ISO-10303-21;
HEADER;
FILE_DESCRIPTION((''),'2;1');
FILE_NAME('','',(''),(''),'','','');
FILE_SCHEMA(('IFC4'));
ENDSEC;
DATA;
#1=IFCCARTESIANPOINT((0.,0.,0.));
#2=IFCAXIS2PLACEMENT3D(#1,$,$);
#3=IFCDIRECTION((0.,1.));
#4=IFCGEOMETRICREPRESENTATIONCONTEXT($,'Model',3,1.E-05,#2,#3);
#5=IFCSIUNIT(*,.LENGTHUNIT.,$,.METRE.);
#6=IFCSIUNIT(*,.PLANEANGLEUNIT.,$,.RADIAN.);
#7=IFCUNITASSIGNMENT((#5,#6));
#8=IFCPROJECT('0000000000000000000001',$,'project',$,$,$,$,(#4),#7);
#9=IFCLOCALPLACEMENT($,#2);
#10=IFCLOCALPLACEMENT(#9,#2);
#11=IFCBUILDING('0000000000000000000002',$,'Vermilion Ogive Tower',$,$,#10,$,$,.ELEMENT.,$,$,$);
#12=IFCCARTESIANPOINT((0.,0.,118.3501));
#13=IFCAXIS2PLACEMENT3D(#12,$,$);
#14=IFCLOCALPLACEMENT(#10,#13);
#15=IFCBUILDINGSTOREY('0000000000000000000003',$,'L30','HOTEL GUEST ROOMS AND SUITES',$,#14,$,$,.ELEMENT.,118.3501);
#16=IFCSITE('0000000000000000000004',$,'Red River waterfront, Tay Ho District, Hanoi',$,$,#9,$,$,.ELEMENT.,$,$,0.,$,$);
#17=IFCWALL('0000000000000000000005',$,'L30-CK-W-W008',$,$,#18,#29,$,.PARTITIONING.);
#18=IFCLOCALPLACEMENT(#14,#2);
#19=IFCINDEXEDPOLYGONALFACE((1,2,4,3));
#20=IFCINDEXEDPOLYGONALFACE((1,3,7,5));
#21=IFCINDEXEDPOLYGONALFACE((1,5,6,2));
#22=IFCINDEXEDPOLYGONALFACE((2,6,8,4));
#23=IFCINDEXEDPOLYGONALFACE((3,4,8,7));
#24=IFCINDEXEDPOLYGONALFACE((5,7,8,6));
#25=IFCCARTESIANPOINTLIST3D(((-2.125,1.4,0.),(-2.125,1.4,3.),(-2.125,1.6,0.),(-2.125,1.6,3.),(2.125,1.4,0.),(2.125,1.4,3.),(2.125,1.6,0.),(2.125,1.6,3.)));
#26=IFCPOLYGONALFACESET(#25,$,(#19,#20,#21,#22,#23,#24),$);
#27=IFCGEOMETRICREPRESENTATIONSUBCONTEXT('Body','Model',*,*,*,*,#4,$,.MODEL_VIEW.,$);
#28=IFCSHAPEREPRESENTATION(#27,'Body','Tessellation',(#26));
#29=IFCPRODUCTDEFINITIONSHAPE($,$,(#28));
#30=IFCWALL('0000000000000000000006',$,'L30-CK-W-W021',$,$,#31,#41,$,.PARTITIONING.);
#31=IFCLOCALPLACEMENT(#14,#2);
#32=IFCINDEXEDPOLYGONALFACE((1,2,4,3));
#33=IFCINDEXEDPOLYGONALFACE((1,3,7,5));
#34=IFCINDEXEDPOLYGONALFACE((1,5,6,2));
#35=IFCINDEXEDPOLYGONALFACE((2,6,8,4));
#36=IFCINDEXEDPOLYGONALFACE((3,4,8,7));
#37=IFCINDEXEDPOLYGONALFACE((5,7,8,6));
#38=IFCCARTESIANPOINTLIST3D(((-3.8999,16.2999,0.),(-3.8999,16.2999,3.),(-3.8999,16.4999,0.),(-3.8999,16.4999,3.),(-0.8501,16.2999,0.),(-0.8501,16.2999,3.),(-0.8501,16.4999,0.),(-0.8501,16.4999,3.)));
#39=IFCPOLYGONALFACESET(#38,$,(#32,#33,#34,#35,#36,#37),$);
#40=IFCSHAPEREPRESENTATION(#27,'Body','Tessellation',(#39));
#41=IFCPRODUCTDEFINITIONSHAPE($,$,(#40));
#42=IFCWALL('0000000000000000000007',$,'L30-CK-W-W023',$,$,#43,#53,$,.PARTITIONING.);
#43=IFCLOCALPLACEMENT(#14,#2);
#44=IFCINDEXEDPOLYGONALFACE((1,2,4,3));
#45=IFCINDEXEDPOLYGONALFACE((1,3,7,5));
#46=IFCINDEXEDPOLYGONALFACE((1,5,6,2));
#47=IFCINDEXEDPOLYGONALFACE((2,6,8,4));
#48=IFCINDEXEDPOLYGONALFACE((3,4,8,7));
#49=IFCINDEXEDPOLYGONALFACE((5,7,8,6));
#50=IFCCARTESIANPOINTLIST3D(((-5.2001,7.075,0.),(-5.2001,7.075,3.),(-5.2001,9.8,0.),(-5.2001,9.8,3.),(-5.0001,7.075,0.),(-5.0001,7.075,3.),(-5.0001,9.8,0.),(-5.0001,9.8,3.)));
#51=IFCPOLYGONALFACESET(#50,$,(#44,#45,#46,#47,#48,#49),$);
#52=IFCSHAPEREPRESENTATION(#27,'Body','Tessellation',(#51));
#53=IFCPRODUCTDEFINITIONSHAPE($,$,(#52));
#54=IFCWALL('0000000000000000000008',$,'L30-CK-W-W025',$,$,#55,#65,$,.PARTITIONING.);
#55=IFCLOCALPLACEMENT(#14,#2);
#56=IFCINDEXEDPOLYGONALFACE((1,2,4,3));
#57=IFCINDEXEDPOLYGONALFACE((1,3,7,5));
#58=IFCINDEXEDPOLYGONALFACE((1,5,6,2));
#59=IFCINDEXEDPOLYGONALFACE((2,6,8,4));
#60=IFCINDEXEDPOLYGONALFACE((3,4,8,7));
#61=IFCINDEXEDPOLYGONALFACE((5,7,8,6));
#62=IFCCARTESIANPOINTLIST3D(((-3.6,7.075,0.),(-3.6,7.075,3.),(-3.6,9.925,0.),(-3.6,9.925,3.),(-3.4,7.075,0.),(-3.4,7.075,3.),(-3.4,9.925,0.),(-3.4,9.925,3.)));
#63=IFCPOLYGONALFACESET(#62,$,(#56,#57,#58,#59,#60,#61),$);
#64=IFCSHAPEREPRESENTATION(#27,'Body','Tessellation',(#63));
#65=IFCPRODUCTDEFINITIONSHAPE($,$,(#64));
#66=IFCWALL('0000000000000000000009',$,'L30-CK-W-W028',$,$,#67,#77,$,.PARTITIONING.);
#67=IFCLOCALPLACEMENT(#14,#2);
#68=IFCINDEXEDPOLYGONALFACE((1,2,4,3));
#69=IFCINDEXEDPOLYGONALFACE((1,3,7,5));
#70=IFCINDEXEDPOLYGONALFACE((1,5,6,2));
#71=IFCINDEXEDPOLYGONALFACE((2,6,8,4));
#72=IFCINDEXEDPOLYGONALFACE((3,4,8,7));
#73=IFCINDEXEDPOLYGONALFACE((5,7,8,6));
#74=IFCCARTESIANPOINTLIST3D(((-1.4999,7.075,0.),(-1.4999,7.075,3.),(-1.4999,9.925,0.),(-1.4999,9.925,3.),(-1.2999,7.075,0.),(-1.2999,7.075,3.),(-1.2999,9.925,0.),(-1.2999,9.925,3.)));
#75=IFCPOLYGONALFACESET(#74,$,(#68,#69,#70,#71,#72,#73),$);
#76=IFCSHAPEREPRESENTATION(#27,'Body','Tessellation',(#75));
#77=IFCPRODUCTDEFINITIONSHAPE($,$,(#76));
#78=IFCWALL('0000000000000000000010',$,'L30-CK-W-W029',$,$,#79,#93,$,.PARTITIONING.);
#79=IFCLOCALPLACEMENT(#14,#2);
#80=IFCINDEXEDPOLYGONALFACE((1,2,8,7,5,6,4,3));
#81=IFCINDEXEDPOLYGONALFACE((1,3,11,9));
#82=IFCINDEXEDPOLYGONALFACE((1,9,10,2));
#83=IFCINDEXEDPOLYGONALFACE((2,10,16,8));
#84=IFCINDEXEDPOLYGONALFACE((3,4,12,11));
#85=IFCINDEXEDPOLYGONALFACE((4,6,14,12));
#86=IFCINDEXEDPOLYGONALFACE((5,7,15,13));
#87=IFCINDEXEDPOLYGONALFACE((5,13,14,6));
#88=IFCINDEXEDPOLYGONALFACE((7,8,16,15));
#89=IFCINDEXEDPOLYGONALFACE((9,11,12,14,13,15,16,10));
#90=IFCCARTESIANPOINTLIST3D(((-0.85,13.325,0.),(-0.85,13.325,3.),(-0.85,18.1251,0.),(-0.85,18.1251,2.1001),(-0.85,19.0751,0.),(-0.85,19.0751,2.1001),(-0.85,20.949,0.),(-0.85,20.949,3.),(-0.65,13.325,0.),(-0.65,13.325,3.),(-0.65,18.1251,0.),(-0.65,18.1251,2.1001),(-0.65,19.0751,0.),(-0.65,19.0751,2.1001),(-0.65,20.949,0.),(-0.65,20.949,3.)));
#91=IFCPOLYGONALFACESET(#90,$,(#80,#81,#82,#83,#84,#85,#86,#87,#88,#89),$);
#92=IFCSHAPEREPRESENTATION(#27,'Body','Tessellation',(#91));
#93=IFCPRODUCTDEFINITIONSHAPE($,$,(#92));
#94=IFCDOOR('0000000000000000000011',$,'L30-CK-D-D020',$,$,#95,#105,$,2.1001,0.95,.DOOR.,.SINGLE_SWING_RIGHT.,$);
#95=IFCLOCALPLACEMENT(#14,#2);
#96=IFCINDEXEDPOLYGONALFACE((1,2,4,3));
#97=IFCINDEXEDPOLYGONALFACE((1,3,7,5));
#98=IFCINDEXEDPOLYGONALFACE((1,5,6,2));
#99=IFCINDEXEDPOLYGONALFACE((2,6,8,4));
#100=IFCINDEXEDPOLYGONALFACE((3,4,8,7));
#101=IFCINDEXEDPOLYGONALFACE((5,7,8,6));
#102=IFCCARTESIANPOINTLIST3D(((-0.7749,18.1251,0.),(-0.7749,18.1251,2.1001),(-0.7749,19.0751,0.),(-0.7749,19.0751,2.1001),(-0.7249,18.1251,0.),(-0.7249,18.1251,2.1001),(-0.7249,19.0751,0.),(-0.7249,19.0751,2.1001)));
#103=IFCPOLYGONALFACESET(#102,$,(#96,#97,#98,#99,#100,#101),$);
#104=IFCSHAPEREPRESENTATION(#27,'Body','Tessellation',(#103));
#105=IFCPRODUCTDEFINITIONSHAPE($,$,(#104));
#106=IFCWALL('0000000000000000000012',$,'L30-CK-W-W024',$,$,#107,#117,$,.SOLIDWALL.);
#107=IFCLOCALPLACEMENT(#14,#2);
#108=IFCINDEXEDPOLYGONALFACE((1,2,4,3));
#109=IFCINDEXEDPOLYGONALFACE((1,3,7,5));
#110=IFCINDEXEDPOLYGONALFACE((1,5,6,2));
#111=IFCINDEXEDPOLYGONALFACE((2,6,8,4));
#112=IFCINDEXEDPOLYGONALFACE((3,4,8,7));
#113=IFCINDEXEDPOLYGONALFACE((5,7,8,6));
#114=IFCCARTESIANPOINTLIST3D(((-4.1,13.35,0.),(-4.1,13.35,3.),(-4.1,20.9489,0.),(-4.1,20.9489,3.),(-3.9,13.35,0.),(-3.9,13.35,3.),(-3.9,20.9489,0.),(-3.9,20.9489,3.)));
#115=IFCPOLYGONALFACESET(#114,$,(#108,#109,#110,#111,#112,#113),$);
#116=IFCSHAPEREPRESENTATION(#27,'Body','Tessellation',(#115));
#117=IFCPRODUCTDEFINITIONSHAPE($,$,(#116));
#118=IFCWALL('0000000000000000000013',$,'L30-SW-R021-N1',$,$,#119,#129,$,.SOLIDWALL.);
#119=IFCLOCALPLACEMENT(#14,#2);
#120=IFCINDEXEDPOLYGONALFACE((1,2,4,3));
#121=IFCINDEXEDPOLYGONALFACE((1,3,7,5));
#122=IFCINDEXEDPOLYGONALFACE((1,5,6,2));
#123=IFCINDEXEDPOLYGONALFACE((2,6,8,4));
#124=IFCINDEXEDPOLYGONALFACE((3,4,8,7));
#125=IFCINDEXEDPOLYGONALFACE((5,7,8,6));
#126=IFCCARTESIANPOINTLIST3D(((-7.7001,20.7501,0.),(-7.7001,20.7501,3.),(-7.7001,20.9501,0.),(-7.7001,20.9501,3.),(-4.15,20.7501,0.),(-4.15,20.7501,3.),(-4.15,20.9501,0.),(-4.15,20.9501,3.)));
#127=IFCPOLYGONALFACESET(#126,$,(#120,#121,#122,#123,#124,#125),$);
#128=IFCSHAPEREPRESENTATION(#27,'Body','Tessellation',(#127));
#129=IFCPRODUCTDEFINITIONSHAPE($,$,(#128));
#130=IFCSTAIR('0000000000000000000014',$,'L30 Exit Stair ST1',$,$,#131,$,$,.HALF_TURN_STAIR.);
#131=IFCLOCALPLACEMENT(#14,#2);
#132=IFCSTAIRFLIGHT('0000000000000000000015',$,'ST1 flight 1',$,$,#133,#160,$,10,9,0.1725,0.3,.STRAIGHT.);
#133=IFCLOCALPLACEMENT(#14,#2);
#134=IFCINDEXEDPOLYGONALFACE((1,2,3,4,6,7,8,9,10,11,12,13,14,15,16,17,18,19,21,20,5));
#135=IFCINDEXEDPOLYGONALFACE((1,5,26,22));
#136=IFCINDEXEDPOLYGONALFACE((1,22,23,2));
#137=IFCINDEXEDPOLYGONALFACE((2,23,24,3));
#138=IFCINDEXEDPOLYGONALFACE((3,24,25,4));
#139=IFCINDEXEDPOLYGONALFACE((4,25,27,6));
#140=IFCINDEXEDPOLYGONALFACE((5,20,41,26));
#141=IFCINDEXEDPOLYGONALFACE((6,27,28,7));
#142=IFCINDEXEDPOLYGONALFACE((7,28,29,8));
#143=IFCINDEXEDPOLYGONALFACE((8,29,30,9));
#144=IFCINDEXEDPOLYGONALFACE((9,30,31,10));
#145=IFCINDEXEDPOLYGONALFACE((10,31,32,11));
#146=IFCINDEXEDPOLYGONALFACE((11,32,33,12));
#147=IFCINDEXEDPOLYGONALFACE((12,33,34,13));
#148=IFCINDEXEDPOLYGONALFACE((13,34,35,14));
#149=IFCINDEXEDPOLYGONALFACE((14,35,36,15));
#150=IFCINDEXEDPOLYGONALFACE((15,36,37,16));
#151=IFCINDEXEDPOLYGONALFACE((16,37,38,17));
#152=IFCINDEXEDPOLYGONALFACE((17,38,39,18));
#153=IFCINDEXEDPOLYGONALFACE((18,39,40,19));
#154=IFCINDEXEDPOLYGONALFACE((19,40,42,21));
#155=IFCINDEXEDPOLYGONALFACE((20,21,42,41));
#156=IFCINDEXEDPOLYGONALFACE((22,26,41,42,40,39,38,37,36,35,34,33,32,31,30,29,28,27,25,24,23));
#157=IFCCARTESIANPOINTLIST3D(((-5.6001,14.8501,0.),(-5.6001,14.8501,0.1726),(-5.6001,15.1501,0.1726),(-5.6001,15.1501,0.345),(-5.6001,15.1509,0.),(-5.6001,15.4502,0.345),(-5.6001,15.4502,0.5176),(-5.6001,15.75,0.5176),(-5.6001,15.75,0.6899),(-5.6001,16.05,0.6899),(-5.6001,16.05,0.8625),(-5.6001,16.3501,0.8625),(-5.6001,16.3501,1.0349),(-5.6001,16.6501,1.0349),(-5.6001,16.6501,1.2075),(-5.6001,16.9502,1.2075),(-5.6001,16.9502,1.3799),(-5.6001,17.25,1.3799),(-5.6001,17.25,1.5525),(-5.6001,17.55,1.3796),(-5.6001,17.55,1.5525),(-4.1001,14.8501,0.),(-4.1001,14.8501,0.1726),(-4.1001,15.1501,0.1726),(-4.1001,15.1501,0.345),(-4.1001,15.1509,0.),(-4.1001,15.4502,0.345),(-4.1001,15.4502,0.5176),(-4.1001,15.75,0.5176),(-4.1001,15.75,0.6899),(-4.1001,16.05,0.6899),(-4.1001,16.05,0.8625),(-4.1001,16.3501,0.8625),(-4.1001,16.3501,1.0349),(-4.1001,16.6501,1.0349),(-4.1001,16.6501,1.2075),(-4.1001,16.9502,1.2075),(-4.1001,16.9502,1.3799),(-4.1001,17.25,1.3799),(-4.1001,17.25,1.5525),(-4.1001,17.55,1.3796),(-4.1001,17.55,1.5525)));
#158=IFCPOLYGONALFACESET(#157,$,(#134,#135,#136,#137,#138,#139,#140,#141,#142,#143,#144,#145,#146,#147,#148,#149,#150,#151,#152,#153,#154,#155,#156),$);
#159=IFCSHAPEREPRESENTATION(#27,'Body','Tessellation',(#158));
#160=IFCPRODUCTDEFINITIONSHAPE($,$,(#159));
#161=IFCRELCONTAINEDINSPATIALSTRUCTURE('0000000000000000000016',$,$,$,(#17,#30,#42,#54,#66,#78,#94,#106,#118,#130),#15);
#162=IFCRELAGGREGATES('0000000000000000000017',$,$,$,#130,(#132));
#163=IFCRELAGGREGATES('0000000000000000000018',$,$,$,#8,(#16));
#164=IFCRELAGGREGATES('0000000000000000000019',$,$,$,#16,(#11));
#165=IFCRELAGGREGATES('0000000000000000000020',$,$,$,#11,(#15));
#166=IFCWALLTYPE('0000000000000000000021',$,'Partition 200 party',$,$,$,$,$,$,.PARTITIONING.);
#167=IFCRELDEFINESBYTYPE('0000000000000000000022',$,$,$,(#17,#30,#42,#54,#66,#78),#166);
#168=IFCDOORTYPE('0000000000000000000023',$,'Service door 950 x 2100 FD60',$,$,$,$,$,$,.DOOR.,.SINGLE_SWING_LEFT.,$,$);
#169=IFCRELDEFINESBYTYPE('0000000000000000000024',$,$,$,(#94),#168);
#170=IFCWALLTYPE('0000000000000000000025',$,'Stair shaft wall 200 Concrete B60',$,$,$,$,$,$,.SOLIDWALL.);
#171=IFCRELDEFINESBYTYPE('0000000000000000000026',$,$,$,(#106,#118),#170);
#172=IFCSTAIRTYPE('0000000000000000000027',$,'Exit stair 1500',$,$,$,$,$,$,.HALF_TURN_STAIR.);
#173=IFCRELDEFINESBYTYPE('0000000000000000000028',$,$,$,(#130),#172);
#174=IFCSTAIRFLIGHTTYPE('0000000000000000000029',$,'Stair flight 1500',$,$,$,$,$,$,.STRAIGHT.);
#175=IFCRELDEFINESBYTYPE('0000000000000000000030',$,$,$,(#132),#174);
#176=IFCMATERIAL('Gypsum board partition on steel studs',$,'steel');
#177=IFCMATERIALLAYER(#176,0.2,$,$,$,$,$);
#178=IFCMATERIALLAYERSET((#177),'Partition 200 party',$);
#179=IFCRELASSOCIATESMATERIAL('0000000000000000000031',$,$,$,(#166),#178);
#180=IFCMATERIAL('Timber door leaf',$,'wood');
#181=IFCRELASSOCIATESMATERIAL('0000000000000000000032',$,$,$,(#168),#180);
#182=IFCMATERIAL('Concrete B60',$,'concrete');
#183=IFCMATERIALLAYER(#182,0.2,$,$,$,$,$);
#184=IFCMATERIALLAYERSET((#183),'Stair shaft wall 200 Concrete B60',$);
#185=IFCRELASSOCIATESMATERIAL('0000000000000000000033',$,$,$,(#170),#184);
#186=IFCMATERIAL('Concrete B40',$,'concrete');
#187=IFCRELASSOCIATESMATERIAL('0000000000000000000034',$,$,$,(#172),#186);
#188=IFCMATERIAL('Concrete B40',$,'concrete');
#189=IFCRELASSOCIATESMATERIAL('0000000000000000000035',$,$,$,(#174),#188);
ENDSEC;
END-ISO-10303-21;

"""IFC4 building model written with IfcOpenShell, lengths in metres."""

from ifc_helpers import new_model, si_unit, direction, frame, frame_2d, origin, place, context, subcontext, project, spatial, polyline, rectangle, outline, extrude, material, layer, layer_set, type_object, element, fill, aggregate, save


model = new_model("IFC4")

# Units and contexts
model_context = context("Model", 3, precision=1e-05, world=origin(), true_north=direction((0.0, 1.0)))
body_context = subcontext(model_context, "Body", "Model", "MODEL_VIEW")
ifc_project = project(units=[si_unit("LENGTHUNIT", "METRE"), si_unit("PLANEANGLEUNIT", "RADIAN")], contexts=[model_context])

# Site, building, storey
site_placement = place(None, origin())
site = spatial("IfcSite", under=ifc_project, at=site_placement, Name="Red River waterfront, Tay Ho District, Hanoi", CompositionType="ELEMENT", RefElevation=0.0)
building_placement = place(site_placement, origin())
building = spatial("IfcBuilding", under=site, at=building_placement, Name="Vermilion Ogive Tower", CompositionType="ELEMENT")
storey_placement = place(building_placement, frame((0.0, 0.0, 118.3501)))
storey = spatial("IfcBuildingStorey", under=building, at=storey_placement, Name="L30", Description="HOTEL GUEST ROOMS AND SUITES", CompositionType="ELEMENT", Elevation=118.3501)

# Walls
ifc_material_1 = material(Name="Gypsum board partition on steel studs", Category="steel")
ifc_layer_1 = layer(ifc_material_1, 0.2)
ifc_layer_set_1 = layer_set([ifc_layer_1], Name="Partition 200 party")
wall_type_1 = type_object("IfcWallType", Name="Partition 200 party", PredefinedType="PARTITIONING", material=ifc_layer_set_1)
wall_1_placement = place(storey_placement, frame((-2.125, 1.5, 0.0), z_axis=(0.0, 0.0, 1.0), x_axis=(1.0, 0.0, 0.0)))
element("IfcWall", 1, at=wall_1_placement, inside=storey, type_object=wall_type_1, Name="L30-CK-W-W008", PredefinedType="PARTITIONING", context=body_context, shape_type="SweptSolid", body=[
    extrude(rectangle(XDim=4.25, YDim=0.2, at=frame_2d((2.125, 0.0))), origin(), (0.0, 0.0, 1.0), 3.0),
])
wall_2_placement = place(storey_placement, frame((-3.8999, 16.3999, 0.0), z_axis=(0.0, 0.0, 1.0), x_axis=(1.0, 0.0, 0.0)))
element("IfcWall", 2, at=wall_2_placement, inside=storey, type_object=wall_type_1, Name="L30-CK-W-W021", PredefinedType="PARTITIONING", context=body_context, shape_type="SweptSolid", body=[
    extrude(rectangle(XDim=3.0498, YDim=0.2, at=frame_2d((1.5249, 0.0))), origin(), (0.0, 0.0, 1.0), 3.0),
])
wall_3_placement = place(storey_placement, frame((-5.1001, 7.075, 0.0), z_axis=(0.0, 0.0, 1.0), x_axis=(0.0, 1.0, 0.0)))
element("IfcWall", 3, at=wall_3_placement, inside=storey, type_object=wall_type_1, Name="L30-CK-W-W023", PredefinedType="PARTITIONING", context=body_context, shape_type="SweptSolid", body=[
    extrude(rectangle(XDim=2.7251, YDim=0.2, at=frame_2d((1.3625, 0.0))), origin(), (0.0, 0.0, 1.0), 3.0),
])
for number, where, z_axis, x_axis, name in (
    (4, (-3.5, 7.075, 0.0), (0.0, 0.0, 1.0), (0.0, 1.0, 0.0), "L30-CK-W-W025"),
    (5, (-1.3999, 7.075, 0.0), (0.0, 0.0, 1.0), (0.0, 1.0, 0.0), "L30-CK-W-W028"),
):
    element("IfcWall", number, at=place(storey_placement, frame(where, z_axis=z_axis, x_axis=x_axis)), inside=storey, type_object=wall_type_1, Name=name, PredefinedType="PARTITIONING", context=body_context, shape_type="SweptSolid", body=[
        extrude(rectangle(XDim=2.8501, YDim=0.2, at=frame_2d((1.425, 0.0))), origin(), (0.0, 0.0, 1.0), 3.0),
    ])

# Wall, opening, door
wall_4_placement = place(storey_placement, frame((-0.75, 13.325, 0.0), z_axis=(0.0, 0.0, 1.0), x_axis=(0.0, 1.0, 0.0)))
wall_4 = element("IfcWall", 6, at=wall_4_placement, inside=storey, type_object=wall_type_1, Name="L30-CK-W-W029", PredefinedType="PARTITIONING", context=body_context, shape_type="SweptSolid", body=[
    extrude(rectangle(XDim=7.624, YDim=0.2, at=frame_2d((3.812, 0.0))), origin(), (0.0, 0.0, 1.0), 3.0),
])
opening_1_placement = place(wall_4_placement, frame((4.8, 0.0, 0.0)))
opening_1 = element("IfcOpeningElement", 7, at=opening_1_placement, cuts=wall_4, PredefinedType="OPENING", context=body_context, shape_type="SweptSolid", body=[
    extrude(rectangle(XDim=0.95, YDim=2.1001, at=frame_2d((0.4751, 1.05))), frame((0.0, 0.1099, 0.0), z_axis=(0.0, -1.0, 0.0), x_axis=(1.0, 0.0, 0.0)), (0.0, 0.0, 1.0), 0.22),
])
ifc_material_2 = material(Name="Timber door leaf", Category="wood")
door_type_1 = type_object("IfcDoorType", Name="Service door 950 x 2100 FD60", OperationType="SINGLE_SWING_LEFT", PredefinedType="DOOR", material=ifc_material_2)
door_1_placement = place(opening_1_placement, origin())
door_1 = element("IfcDoor", 8, at=door_1_placement, inside=storey, type_object=door_type_1, Name="L30-CK-D-D020", OperationType="SINGLE_SWING_RIGHT", OverallHeight=2.1001, OverallWidth=0.95, PredefinedType="DOOR", context=body_context, shape_type="SweptSolid", body=[
    extrude(rectangle(XDim=0.95, YDim=2.1001, at=frame_2d((0.4751, 1.05))), frame((0.0, 0.0249, 0.0), z_axis=(0.0, -1.0, 0.0), x_axis=(1.0, 0.0, 0.0)), (0.0, 0.0, 1.0), 0.05),
])
fill(opening_1, door_1)

# Walls
ifc_material_3 = material(Name="Concrete B60", Category="concrete")
ifc_layer_2 = layer(ifc_material_3, 0.2)
ifc_layer_set_2 = layer_set([ifc_layer_2], Name="Stair shaft wall 200 Concrete B60")
wall_type_2 = type_object("IfcWallType", Name="Stair shaft wall 200 Concrete B60", PredefinedType="SOLIDWALL", material=ifc_layer_set_2)
wall_5_placement = place(storey_placement, frame((-4.0, 13.3501, 0.0), z_axis=(0.0, 0.0, 1.0), x_axis=(0.0, 1.0, 0.0)))
element("IfcWall", 9, at=wall_5_placement, inside=storey, type_object=wall_type_2, Name="L30-CK-W-W024", PredefinedType="SOLIDWALL", context=body_context, shape_type="SweptSolid", body=[
    extrude(rectangle(XDim=7.5989, YDim=0.2, at=frame_2d((3.7993, 0.0))), origin(), (0.0, 0.0, 1.0), 3.0),
])
wall_6_placement = place(storey_placement, frame((-7.7, 20.8501, 0.0), z_axis=(0.0, 0.0, 1.0), x_axis=(1.0, 0.0, 0.0)))
element("IfcWall", 10, at=wall_6_placement, inside=storey, type_object=wall_type_2, Name="L30-SW-R021-N1", PredefinedType="SOLIDWALL", context=body_context, shape_type="SweptSolid", body=[
    extrude(rectangle(XDim=3.55, YDim=0.2, at=frame_2d((1.7749, 0.0))), origin(), (0.0, 0.0, 1.0), 3.0),
])

# Stair, stair flight
ifc_material_4 = material(Name="Concrete B40", Category="concrete")
stair_type = type_object("IfcStairType", Name="Exit stair 1500", PredefinedType="HALF_TURN_STAIR", material=ifc_material_4)
stair_placement = place(storey_placement, origin())
stair = element("IfcStair", 11, at=stair_placement, inside=storey, type_object=stair_type, Name="L30 Exit Stair ST1", PredefinedType="HALF_TURN_STAIR")
ifc_material_5 = material(Name="Concrete B40", Category="concrete")
stair_flight_type = type_object("IfcStairFlightType", Name="Stair flight 1500", PredefinedType="STRAIGHT", material=ifc_material_5)
stair_flight_1_placement = place(storey_placement, frame((-4.8501, 14.8501, 0.0), z_axis=(0.0, 0.0, 1.0), x_axis=(0.0, 1.0, 0.0)))
stair_flight_1 = element("IfcStairFlight", 12, at=stair_flight_1_placement, type_object=stair_flight_type, Name="ST1 flight 1", NumberOfRisers=10, NumberOfTreads=9, PredefinedType="STRAIGHT", RiserHeight=0.1725, TreadLength=0.3, context=body_context, shape_type="SweptSolid", body=[
    extrude(outline(polyline([(0.0, 0.0), (0.0, 0.1726), (0.3, 0.1726), (0.3, 0.345), (0.6001, 0.345), (0.6001, 0.5176), (0.8999, 0.5176), (0.8999, 0.6899), (1.2, 0.6899), (1.2, 0.8625), (1.5, 0.8625), (1.5, 1.0349), (1.8, 1.0349), (1.8, 1.2075), (2.1001, 1.2075), (2.1001, 1.3799), (2.3999, 1.3799), (2.3999, 1.5525), (2.7, 1.5525), (2.7, 1.7251), (2.7, 1.3796), (0.3008, 0.0), (0.0, 0.0)])), frame((0.0, 0.75, 0.0), z_axis=(0.0, -1.0, 0.0), x_axis=(1.0, 0.0, 0.0)), (0.0, 0.0, 1.0), 1.5),
])
aggregate(stair, [stair_flight_1])

save(model, "model.ifc")
